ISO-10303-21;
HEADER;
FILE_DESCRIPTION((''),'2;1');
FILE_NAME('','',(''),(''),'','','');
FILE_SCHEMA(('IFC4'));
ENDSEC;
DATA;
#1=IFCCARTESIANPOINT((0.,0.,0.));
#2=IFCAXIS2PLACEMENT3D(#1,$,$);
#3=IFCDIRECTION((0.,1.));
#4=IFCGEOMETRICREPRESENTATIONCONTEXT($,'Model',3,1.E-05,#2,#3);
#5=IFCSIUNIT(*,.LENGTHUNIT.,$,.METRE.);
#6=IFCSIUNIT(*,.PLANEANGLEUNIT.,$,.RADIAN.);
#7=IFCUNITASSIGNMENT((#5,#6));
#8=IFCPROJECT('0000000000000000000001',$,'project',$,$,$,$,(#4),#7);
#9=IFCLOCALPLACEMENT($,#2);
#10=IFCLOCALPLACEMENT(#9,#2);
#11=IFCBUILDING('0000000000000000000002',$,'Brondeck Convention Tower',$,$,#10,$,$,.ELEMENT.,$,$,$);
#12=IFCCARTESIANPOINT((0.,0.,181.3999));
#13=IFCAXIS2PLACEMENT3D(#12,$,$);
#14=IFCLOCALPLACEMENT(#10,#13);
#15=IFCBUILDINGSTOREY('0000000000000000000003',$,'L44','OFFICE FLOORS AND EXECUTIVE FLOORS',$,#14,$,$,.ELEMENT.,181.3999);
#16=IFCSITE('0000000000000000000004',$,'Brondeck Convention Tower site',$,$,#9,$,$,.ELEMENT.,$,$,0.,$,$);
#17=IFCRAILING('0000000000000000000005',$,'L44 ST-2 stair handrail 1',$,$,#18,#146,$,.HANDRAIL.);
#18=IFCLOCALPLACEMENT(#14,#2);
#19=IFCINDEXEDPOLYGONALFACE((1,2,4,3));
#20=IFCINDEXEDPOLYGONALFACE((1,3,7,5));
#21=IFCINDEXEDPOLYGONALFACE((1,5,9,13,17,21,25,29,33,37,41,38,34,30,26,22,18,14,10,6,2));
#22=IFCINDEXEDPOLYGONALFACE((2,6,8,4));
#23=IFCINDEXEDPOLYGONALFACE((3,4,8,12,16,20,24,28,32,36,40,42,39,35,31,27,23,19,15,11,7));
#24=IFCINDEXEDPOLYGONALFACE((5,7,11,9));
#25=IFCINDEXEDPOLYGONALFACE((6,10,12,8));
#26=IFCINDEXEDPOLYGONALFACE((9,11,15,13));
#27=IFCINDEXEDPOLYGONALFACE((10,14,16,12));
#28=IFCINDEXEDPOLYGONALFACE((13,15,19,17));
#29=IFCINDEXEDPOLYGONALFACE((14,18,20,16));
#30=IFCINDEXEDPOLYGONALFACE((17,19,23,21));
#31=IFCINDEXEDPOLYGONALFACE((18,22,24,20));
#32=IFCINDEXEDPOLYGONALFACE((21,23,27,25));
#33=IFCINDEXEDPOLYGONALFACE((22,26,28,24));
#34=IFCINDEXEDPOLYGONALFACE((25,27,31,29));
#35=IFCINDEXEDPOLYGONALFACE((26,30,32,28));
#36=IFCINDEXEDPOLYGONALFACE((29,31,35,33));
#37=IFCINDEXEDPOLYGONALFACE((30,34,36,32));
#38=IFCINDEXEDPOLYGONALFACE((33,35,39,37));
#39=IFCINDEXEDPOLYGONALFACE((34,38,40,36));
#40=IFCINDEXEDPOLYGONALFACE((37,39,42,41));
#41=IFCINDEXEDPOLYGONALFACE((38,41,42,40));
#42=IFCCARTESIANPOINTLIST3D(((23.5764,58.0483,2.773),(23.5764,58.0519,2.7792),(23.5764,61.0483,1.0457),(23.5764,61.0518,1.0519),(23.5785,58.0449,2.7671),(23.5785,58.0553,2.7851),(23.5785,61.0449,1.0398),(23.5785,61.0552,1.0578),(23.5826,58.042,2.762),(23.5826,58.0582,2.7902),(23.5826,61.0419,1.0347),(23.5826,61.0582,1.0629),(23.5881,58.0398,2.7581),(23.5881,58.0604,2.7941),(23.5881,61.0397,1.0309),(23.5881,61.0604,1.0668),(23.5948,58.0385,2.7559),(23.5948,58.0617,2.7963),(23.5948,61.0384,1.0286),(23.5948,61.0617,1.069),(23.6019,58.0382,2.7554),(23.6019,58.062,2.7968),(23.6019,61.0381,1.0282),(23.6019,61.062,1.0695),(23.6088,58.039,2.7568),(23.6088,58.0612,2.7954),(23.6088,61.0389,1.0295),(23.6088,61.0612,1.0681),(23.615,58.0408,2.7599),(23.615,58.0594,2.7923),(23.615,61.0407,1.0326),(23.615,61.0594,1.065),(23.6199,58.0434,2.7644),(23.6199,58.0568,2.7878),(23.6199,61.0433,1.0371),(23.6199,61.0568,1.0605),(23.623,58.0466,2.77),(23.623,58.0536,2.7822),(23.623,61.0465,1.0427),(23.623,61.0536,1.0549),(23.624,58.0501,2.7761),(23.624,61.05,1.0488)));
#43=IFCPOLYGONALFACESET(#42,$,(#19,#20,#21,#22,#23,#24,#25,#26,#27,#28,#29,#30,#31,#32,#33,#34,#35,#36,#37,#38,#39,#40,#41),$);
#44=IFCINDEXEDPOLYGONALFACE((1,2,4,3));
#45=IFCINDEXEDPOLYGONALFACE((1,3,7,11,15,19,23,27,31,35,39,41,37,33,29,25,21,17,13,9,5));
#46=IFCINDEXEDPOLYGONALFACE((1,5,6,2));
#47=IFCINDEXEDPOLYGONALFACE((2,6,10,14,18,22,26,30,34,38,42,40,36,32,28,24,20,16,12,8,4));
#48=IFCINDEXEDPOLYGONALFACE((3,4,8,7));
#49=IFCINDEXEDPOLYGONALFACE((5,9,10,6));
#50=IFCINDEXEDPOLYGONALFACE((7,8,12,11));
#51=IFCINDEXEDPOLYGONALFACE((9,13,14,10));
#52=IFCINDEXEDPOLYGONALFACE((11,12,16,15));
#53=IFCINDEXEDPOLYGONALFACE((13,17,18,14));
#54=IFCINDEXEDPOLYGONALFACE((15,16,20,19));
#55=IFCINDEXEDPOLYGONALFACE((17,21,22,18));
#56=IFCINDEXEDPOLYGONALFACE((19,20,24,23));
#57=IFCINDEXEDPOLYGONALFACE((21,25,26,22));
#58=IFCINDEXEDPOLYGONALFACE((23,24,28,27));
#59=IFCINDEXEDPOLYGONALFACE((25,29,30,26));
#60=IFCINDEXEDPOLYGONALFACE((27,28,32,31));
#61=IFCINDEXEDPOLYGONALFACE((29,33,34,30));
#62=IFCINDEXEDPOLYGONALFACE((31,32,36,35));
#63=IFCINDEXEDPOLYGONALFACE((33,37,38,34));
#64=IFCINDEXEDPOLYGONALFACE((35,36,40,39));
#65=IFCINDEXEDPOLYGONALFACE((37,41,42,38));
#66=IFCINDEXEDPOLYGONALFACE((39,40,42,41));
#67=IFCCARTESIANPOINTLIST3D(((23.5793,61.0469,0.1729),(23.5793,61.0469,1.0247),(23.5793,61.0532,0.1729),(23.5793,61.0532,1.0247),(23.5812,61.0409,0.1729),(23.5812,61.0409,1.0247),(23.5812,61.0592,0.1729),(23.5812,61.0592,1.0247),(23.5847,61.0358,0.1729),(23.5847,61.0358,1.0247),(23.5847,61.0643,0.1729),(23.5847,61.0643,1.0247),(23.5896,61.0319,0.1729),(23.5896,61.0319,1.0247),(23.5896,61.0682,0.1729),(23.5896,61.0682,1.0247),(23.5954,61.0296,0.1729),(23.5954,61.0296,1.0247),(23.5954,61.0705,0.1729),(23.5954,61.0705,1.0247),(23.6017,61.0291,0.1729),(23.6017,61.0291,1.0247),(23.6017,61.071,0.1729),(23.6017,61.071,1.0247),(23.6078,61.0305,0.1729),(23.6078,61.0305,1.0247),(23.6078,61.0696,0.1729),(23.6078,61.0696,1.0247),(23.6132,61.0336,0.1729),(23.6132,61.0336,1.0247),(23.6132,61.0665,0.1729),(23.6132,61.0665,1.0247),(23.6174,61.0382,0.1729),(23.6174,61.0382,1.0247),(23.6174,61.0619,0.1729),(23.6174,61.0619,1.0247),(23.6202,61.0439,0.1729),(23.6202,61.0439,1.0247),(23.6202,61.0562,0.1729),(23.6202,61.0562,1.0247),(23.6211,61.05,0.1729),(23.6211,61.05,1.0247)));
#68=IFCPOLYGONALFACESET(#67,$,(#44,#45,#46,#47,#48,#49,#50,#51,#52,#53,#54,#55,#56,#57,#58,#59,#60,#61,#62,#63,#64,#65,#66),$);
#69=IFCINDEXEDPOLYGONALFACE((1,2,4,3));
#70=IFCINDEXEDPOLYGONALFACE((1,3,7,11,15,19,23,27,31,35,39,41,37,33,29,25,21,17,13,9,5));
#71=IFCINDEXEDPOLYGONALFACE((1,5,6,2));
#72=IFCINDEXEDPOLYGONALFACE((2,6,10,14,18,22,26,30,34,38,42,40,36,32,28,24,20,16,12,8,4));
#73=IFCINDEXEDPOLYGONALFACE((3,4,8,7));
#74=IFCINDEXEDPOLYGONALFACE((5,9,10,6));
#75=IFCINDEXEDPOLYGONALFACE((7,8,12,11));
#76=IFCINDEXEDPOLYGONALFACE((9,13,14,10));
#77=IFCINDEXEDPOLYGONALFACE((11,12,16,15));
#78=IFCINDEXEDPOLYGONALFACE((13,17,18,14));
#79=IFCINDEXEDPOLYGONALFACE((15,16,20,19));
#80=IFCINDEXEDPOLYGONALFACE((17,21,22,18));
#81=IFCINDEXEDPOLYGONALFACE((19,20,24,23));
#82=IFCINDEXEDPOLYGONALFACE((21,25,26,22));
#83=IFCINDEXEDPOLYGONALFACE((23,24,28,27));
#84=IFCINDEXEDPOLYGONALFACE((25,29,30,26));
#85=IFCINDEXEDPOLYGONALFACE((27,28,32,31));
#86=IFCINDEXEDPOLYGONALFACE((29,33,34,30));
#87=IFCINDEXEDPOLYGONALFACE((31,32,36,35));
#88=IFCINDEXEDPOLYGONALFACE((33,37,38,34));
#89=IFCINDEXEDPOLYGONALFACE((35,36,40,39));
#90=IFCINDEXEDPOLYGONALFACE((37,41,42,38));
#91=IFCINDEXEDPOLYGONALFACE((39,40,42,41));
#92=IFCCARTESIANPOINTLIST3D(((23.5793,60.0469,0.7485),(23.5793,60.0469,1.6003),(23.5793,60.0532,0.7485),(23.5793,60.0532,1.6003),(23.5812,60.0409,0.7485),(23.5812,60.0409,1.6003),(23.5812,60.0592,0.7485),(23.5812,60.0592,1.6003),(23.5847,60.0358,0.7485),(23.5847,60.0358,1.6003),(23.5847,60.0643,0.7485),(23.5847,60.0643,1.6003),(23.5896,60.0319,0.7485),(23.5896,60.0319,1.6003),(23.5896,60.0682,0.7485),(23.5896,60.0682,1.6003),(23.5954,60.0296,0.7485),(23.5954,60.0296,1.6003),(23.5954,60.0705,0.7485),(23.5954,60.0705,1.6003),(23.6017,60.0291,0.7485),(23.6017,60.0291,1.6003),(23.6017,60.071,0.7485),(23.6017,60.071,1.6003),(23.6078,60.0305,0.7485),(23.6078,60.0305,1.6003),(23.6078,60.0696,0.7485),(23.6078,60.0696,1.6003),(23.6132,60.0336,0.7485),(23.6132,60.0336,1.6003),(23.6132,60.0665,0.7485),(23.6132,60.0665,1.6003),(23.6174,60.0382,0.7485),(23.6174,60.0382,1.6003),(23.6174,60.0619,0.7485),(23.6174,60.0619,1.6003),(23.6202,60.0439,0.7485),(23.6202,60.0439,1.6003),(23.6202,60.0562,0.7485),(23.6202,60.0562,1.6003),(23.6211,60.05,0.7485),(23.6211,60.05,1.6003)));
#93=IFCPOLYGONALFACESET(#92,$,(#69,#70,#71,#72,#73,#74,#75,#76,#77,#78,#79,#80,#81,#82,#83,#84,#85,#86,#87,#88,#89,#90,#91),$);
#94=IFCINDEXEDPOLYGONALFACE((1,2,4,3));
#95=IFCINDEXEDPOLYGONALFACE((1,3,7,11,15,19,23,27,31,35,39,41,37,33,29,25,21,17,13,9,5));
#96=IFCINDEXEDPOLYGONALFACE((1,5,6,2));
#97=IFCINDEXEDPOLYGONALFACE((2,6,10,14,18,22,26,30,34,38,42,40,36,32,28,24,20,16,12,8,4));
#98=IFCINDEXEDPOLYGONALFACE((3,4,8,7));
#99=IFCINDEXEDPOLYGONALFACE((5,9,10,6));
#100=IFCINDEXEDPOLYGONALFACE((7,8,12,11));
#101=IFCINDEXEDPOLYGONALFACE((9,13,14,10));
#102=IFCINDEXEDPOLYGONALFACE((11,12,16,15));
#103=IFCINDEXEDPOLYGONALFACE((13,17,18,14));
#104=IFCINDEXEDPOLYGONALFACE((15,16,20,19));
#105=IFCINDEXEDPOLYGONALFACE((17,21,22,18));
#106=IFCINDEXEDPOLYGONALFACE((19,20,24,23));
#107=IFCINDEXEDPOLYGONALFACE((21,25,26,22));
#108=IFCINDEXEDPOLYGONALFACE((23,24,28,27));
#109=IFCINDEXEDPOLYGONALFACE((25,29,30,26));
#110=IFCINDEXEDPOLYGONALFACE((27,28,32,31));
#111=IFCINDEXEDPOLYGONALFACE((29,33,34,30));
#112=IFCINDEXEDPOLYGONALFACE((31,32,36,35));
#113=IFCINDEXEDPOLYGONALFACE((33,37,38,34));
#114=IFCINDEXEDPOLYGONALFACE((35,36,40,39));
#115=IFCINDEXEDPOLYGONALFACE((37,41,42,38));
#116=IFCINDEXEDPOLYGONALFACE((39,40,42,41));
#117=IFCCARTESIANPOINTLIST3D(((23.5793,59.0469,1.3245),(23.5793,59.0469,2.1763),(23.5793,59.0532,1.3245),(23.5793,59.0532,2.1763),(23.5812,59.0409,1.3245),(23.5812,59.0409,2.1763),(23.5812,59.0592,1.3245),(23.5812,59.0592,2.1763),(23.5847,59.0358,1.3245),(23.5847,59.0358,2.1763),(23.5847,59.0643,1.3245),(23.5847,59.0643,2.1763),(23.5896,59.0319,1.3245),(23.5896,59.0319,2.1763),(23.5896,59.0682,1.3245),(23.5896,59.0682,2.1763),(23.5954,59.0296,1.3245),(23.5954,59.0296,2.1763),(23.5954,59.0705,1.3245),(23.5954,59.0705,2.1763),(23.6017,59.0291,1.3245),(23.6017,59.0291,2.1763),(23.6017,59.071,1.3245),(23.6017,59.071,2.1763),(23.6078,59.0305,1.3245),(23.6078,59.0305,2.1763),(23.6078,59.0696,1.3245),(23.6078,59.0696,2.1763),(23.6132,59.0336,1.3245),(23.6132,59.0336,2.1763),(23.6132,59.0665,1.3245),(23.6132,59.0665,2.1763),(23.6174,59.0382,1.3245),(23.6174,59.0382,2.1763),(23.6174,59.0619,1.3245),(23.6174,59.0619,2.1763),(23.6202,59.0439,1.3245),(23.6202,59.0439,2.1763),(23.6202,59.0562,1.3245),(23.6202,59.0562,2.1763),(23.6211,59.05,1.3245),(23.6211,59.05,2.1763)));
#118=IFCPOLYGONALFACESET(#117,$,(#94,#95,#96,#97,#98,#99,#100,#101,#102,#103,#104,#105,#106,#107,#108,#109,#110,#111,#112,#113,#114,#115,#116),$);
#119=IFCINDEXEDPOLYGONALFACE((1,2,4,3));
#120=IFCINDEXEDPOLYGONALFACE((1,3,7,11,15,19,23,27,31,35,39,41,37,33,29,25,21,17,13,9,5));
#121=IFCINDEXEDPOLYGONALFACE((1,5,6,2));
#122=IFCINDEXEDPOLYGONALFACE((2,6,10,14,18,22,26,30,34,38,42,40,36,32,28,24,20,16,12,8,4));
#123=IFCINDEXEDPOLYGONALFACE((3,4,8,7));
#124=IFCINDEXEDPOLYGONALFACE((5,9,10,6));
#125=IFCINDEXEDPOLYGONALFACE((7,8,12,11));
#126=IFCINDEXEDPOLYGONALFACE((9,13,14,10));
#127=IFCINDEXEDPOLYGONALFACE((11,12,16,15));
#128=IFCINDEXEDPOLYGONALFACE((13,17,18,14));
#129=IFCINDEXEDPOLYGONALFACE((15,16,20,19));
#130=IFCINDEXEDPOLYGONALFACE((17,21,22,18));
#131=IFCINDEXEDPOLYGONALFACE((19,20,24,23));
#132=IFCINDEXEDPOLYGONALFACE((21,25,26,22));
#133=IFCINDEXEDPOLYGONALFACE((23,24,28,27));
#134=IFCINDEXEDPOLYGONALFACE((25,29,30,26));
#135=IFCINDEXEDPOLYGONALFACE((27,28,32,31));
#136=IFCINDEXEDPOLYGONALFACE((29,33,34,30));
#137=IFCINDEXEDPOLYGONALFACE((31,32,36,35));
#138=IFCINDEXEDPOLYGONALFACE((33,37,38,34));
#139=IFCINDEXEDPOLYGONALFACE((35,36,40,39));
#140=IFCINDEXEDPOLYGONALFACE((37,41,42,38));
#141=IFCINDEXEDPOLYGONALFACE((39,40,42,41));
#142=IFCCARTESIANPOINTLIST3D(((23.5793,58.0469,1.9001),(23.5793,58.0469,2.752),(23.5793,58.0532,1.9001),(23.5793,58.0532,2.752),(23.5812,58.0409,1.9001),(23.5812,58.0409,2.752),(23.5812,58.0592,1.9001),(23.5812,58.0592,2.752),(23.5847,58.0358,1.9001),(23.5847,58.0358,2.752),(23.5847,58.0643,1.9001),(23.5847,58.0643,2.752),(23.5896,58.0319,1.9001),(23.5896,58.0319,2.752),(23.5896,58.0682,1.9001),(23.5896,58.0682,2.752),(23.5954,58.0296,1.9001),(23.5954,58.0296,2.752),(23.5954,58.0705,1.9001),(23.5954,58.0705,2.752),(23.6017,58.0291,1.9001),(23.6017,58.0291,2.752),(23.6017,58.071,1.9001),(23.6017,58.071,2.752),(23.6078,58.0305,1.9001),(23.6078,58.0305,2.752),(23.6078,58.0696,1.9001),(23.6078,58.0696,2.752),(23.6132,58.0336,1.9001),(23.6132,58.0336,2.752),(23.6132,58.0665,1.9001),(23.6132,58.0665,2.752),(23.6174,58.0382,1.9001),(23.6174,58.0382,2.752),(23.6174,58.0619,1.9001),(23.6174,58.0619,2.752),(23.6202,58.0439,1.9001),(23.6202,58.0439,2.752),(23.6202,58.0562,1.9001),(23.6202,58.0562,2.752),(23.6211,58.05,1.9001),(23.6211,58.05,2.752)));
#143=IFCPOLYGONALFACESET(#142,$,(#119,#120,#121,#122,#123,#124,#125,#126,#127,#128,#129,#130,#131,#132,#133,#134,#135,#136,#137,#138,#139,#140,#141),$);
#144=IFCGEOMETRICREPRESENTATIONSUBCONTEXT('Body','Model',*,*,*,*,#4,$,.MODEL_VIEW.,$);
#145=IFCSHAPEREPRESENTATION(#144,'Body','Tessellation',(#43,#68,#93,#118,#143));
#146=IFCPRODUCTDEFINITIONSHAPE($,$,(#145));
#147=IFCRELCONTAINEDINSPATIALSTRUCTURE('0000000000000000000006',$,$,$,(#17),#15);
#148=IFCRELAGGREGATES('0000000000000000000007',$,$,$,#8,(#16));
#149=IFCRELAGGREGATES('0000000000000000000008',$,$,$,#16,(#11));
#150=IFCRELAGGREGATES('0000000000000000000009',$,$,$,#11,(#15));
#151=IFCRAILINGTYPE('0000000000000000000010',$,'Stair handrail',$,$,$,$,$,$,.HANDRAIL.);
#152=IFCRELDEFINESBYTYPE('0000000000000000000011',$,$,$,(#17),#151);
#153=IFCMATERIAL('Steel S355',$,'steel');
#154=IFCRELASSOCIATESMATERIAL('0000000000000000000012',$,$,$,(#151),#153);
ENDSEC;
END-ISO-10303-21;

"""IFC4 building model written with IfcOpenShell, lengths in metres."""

from ifc_helpers import new_model, si_unit, direction, frame, origin, origin_2d, place, context, subcontext, project, spatial, circle, extrude, material, type_object, element, save


model = new_model("IFC4")

# Units and contexts
model_context = context("Model", 3, precision=1e-05, world=origin(), true_north=direction((0.0, 1.0)))
body_context = subcontext(model_context, "Body", "Model", "MODEL_VIEW")
ifc_project = project(units=[si_unit("LENGTHUNIT", "METRE"), si_unit("PLANEANGLEUNIT", "RADIAN")], contexts=[model_context])

# Site, building, storey
site_placement = place(None, origin())
site = spatial("IfcSite", under=ifc_project, at=site_placement, Name="Brondeck Convention Tower site", CompositionType="ELEMENT", RefElevation=0.0)
building_placement = place(site_placement, origin())
building = spatial("IfcBuilding", under=site, at=building_placement, Name="Brondeck Convention Tower", CompositionType="ELEMENT")
storey_placement = place(building_placement, frame((0.0, 0.0, 181.3999)))
storey = spatial("IfcBuildingStorey", under=building, at=storey_placement, Name="L44", Description="OFFICE FLOORS AND EXECUTIVE FLOORS", CompositionType="ELEMENT", Elevation=181.3999)

# Railing
ifc_material_1 = material(Name="Steel S355", Category="steel")
railing_type_1 = type_object("IfcRailingType", Name="Stair handrail", PredefinedType="HANDRAIL", material=ifc_material_1)
railing_1_placement = place(storey_placement, frame((23.6001, 61.05, 0.1729)))
element("IfcRailing", 1, at=railing_1_placement, inside=storey, type_object=railing_type_1, Name="L44 ST-2 stair handrail 1", PredefinedType="HANDRAIL", context=body_context, shape_type="SweptSolid", body=[
    extrude(circle(Radius=0.0239, at=origin_2d()), frame((0.0, 0.0, 0.876), z_axis=(0.0, -0.86662, 0.498969), x_axis=(1.0, 0.0, 0.0)), (0.0, 0.0, 1.0), 3.4617),
    extrude(circle(Radius=0.021, at=origin_2d()), origin(), (0.0, 0.0, 1.0), 0.8518),
    extrude(circle(Radius=0.021, at=origin_2d()), frame((0.0, -1.0, 0.5757)), (0.0, 0.0, 1.0), 0.8518),
    extrude(circle(Radius=0.021, at=origin_2d()), frame((0.0, -2.0, 1.1516)), (0.0, 0.0, 1.0), 0.8518),
    extrude(circle(Radius=0.021, at=origin_2d()), frame((0.0, -3.0, 1.7273)), (0.0, 0.0, 1.0), 0.8518),
])

save(model, "model.ifc")
